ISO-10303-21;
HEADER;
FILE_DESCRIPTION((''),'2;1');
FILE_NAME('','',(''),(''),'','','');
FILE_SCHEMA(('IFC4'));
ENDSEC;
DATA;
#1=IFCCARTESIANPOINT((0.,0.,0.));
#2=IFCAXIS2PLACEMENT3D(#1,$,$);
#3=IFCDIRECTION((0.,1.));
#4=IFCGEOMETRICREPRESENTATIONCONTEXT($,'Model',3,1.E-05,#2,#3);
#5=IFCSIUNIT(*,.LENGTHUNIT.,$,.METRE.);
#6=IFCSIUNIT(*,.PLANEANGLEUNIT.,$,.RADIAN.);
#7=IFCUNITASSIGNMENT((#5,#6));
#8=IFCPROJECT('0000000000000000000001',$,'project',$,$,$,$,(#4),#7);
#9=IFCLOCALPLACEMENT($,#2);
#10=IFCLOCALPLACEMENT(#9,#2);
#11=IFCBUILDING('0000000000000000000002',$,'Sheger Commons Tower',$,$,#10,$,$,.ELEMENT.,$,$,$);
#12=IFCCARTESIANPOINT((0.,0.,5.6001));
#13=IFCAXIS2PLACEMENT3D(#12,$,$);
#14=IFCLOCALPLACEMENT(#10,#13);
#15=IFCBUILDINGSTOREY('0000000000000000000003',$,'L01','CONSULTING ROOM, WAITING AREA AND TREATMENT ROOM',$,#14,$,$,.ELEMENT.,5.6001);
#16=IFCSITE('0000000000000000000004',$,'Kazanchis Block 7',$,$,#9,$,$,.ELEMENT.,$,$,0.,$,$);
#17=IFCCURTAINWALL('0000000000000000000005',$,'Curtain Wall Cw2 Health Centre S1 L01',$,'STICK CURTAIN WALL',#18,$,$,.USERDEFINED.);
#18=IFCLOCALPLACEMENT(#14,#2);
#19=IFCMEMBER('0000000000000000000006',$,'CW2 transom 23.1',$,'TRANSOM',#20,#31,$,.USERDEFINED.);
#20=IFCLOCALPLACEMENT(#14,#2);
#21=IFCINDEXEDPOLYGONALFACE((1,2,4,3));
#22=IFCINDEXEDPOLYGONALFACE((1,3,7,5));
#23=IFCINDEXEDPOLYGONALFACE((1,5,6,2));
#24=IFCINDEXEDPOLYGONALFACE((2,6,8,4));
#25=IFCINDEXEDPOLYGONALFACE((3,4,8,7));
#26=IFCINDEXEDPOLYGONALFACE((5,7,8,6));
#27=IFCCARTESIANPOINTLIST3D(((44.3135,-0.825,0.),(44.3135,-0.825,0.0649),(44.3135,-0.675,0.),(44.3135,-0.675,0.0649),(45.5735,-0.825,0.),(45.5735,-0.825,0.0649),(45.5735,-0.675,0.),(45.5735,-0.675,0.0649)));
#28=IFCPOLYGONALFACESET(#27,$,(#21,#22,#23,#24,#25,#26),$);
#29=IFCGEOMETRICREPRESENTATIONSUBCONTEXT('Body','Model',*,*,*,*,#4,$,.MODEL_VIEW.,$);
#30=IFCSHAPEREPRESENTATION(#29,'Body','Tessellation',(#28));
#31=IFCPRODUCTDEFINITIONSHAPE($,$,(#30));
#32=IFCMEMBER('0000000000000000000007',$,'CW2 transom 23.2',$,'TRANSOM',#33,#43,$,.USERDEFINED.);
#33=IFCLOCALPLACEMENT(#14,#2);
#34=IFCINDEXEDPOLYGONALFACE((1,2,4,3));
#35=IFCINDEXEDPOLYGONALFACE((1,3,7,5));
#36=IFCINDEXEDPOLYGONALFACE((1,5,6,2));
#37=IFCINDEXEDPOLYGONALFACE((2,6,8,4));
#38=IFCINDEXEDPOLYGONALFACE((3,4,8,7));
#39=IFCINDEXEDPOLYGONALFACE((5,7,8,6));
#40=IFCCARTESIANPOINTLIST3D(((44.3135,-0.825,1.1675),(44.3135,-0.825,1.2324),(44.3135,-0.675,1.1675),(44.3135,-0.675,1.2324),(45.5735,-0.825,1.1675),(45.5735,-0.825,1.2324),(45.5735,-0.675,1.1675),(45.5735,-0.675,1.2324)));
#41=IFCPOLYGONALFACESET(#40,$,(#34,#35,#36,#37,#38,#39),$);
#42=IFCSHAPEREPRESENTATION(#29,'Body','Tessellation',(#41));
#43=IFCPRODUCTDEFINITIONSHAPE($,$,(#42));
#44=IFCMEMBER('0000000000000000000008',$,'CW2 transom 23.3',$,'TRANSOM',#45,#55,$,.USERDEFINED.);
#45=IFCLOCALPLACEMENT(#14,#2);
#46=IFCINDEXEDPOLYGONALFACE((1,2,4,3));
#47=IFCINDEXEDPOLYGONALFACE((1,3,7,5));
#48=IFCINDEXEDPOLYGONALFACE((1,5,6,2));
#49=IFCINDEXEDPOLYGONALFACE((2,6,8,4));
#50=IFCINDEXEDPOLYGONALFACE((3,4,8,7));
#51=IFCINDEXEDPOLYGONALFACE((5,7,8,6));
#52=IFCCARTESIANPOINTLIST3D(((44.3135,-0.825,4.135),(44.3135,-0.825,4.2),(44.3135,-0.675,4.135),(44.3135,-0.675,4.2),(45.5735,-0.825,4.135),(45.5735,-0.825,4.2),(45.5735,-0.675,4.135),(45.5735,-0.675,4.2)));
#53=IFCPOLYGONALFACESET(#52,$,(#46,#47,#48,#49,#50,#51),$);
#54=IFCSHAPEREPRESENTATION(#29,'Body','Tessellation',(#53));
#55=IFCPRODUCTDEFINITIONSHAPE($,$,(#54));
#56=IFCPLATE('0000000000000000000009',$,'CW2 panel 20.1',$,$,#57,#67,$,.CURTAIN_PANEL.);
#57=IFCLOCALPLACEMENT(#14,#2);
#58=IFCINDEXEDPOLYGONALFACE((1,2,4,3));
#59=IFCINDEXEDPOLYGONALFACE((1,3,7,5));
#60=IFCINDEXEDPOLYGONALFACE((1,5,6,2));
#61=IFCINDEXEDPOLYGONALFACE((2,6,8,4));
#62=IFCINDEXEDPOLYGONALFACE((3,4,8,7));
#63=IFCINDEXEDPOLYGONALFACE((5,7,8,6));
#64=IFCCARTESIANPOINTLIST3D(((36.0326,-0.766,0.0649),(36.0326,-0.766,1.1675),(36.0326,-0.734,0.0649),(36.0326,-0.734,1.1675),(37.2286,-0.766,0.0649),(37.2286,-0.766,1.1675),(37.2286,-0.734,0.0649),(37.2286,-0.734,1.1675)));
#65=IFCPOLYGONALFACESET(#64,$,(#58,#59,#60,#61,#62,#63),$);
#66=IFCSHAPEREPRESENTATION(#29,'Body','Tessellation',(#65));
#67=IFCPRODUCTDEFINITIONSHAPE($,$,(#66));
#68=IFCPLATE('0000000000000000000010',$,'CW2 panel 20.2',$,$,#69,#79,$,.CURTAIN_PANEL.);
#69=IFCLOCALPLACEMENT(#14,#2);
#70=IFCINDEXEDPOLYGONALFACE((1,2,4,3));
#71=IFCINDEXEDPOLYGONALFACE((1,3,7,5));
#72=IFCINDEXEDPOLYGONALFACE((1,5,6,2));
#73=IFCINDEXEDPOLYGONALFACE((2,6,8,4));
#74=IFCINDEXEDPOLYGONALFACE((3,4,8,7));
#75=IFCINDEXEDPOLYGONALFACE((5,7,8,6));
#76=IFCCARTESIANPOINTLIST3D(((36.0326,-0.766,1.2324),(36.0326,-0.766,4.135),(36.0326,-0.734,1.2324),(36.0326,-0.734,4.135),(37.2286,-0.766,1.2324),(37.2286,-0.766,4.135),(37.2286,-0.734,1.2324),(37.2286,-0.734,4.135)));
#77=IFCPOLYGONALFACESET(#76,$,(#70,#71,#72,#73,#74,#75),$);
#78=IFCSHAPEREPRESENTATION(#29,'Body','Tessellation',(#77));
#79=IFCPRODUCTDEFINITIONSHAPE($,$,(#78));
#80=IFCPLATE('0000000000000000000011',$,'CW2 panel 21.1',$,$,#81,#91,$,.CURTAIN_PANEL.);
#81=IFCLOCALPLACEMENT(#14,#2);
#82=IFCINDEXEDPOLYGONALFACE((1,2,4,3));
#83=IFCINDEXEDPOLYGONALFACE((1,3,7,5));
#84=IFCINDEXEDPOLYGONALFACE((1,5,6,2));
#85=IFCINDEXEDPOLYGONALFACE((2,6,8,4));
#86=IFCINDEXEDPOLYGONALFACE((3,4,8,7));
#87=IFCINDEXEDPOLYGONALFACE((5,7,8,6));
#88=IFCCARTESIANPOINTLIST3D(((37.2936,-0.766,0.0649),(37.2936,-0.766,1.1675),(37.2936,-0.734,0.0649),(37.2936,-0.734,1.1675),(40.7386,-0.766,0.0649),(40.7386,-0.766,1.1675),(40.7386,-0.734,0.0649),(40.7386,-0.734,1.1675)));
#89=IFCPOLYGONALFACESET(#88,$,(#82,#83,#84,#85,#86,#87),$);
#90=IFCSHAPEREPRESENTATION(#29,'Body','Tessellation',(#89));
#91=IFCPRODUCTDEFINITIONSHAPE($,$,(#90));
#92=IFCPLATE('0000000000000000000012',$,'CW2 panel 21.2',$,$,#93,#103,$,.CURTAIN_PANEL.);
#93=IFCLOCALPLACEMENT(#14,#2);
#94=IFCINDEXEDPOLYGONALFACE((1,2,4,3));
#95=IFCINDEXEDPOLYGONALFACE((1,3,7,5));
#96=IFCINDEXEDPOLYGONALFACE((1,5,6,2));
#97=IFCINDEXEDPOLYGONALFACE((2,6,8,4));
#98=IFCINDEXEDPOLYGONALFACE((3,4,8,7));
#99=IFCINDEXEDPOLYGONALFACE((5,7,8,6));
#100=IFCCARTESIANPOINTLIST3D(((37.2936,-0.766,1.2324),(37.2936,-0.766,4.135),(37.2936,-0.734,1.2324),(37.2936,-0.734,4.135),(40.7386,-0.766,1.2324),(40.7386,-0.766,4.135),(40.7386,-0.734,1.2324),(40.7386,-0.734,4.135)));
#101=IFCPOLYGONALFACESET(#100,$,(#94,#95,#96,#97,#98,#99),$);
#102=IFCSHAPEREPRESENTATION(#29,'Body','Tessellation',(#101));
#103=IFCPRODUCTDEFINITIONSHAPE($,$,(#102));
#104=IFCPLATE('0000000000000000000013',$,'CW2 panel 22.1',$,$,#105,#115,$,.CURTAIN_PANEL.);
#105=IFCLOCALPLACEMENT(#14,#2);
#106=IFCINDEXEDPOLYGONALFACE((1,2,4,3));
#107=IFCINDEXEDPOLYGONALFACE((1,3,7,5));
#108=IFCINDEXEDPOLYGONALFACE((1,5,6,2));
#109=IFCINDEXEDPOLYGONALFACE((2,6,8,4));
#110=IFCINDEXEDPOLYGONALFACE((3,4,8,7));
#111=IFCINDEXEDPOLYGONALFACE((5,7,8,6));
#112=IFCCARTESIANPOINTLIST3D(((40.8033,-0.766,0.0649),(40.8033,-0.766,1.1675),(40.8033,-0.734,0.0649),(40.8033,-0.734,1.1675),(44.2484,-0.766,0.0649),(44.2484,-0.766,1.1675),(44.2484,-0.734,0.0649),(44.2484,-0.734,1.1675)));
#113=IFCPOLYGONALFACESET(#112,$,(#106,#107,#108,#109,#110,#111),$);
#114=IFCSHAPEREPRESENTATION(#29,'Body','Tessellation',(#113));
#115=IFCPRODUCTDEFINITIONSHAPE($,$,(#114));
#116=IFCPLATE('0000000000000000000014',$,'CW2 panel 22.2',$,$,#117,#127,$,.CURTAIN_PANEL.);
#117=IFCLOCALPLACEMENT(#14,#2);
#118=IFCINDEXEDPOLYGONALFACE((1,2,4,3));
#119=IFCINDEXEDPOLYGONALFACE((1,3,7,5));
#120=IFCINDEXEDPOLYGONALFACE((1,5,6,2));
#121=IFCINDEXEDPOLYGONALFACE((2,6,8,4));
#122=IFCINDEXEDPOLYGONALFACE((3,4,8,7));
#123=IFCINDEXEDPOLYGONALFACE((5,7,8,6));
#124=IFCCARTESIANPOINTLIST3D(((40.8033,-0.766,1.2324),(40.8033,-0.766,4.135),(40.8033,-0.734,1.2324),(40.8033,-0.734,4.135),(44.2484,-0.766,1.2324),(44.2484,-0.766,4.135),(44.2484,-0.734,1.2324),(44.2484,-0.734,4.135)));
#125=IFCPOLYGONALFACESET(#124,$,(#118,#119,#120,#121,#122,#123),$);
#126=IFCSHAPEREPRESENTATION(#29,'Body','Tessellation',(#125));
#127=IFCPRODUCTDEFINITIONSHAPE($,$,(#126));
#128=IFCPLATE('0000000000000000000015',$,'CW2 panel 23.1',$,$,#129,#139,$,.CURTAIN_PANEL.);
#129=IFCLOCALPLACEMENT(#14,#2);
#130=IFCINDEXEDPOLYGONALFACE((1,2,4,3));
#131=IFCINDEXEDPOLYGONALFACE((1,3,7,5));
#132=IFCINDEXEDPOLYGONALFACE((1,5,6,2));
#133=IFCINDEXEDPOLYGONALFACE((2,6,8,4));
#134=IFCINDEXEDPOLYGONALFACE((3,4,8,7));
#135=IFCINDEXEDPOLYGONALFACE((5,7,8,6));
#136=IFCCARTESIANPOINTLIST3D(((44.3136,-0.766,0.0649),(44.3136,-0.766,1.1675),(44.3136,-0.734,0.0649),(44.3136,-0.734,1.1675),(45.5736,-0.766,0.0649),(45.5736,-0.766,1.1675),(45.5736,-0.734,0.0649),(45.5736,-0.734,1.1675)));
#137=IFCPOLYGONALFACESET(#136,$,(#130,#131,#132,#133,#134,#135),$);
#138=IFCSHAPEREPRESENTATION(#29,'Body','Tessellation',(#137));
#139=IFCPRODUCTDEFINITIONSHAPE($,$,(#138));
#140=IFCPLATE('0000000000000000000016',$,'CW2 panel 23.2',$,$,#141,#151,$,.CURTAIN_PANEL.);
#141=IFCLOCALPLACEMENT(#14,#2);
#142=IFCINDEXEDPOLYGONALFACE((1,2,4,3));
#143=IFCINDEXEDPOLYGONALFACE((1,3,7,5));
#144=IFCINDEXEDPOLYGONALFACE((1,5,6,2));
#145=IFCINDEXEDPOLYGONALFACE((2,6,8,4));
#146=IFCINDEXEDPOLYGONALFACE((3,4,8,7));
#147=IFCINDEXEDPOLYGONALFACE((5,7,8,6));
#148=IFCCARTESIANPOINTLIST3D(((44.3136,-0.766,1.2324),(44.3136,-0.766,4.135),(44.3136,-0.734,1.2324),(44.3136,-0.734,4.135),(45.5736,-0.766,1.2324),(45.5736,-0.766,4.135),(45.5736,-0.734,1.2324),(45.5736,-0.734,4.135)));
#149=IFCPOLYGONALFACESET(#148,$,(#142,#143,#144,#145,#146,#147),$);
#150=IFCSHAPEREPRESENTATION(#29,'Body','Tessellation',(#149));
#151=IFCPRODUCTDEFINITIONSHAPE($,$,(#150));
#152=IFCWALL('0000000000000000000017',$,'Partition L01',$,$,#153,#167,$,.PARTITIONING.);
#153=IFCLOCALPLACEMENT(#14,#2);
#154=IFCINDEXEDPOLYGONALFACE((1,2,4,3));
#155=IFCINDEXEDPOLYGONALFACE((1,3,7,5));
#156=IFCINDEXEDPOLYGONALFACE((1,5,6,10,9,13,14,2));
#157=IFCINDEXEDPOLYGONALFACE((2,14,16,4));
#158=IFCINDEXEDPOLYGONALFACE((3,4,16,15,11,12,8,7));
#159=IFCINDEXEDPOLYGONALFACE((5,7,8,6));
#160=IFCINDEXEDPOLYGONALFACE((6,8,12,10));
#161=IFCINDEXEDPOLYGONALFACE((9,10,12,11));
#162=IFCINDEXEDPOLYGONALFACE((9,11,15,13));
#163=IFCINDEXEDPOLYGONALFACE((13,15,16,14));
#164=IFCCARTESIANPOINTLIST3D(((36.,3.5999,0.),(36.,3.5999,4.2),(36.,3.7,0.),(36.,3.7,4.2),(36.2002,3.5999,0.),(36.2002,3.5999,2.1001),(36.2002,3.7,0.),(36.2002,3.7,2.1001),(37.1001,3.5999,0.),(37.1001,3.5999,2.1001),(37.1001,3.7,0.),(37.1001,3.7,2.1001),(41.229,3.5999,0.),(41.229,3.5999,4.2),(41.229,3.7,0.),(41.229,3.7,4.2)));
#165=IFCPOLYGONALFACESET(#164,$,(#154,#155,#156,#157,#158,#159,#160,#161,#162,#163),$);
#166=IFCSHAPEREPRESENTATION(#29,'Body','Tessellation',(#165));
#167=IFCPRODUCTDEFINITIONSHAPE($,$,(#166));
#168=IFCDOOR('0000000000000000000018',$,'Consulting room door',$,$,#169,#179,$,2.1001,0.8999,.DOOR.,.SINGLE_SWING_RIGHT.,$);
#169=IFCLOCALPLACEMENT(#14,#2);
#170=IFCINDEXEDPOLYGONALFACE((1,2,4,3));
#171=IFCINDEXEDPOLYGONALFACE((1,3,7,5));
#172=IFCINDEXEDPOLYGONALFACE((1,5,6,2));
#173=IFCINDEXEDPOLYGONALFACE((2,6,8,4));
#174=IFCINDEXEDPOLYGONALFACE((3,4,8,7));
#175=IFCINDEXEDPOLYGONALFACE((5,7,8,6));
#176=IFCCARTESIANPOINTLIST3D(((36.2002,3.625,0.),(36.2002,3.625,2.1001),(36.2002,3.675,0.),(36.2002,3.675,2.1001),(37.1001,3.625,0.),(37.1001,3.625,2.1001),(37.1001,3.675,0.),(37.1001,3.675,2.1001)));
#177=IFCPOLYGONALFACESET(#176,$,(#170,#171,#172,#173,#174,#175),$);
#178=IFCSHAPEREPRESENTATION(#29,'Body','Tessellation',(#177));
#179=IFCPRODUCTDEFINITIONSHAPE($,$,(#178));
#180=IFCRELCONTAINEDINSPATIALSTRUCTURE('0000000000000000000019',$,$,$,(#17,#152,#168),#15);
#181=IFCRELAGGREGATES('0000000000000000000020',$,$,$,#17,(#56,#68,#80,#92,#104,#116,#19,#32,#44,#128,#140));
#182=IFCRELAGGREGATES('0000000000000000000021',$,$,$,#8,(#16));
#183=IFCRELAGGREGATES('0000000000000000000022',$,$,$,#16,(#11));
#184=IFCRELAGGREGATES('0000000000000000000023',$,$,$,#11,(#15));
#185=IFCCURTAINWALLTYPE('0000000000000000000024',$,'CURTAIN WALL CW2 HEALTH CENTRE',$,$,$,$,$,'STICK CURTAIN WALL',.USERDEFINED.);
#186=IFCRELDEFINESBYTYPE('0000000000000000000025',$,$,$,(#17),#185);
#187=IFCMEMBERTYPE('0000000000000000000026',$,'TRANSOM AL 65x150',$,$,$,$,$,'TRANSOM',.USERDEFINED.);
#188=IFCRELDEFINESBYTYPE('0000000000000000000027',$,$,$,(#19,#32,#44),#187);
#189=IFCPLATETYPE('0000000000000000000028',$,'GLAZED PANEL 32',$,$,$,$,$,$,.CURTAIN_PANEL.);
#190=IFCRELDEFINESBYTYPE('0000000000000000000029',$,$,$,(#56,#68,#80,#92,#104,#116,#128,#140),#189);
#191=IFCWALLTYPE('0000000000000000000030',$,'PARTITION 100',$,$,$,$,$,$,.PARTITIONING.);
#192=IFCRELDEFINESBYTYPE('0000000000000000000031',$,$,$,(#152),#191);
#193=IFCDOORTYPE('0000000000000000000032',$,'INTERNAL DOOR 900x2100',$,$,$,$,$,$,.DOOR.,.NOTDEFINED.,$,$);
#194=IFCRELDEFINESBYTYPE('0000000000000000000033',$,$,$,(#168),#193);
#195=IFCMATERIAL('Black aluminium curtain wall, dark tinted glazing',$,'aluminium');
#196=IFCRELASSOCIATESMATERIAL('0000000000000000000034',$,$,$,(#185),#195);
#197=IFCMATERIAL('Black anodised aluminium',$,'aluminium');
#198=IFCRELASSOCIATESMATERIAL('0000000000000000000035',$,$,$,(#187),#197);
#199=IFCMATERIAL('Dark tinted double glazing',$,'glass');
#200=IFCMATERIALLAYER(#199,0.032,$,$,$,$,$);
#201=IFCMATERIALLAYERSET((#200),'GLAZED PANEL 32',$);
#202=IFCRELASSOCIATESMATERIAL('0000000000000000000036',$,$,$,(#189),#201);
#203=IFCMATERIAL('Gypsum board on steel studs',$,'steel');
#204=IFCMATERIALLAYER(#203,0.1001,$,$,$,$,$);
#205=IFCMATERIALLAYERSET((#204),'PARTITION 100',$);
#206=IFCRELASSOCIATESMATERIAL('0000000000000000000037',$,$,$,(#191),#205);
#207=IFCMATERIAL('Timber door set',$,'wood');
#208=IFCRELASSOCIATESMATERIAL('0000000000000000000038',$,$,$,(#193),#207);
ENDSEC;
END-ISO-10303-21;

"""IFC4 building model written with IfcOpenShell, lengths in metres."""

from ifc_helpers import new_model, si_unit, direction, frame, frame_2d, origin, origin_2d, place, context, subcontext, project, spatial, rectangle, extrude, material, layer, layer_set, material_profile, profile_set, type_object, element, fill, aggregate, save


model = new_model("IFC4")

# Units and contexts
model_context = context("Model", 3, precision=1e-05, world=origin(), true_north=direction((0.0, 1.0)))
body_context = subcontext(model_context, "Body", "Model", "MODEL_VIEW")
ifc_project = project(units=[si_unit("LENGTHUNIT", "METRE"), si_unit("PLANEANGLEUNIT", "RADIAN")], contexts=[model_context])

# Site, building, storey
site_placement = place(None, origin())
site = spatial("IfcSite", under=ifc_project, at=site_placement, Name="Kazanchis Block 7", CompositionType="ELEMENT", RefElevation=0.0)
building_placement = place(site_placement, origin())
building = spatial("IfcBuilding", under=site, at=building_placement, Name="Sheger Commons Tower", CompositionType="ELEMENT")
storey_placement = place(building_placement, frame((0.0, 0.0, 5.6001)))
storey = spatial("IfcBuildingStorey", under=building, at=storey_placement, Name="L01", Description="CONSULTING ROOM, WAITING AREA AND TREATMENT ROOM", CompositionType="ELEMENT", Elevation=5.6001)

# Curtain wall, members, plates
ifc_material_1 = material(Name="Black aluminium curtain wall, dark tinted glazing", Category="aluminium")
curtain_wall_type = type_object("IfcCurtainWallType", Name="CURTAIN WALL CW2 HEALTH CENTRE", ElementType="STICK CURTAIN WALL", PredefinedType="USERDEFINED", material=ifc_material_1)
curtain_wall_placement = place(storey_placement, origin())
curtain_wall = element("IfcCurtainWall", 1, at=curtain_wall_placement, inside=storey, type_object=curtain_wall_type, Name="Curtain Wall Cw2 Health Centre S1 L01", ObjectType="STICK CURTAIN WALL", PredefinedType="USERDEFINED")
ifc_material_2 = material(Name="Black anodised aluminium", Category="aluminium")
ifc_material_profile_1 = material_profile(ifc_material_2, rectangle(XDim=0.1499, YDim=0.0649, at=origin_2d()), Name="AL 65x150")
ifc_profile_set_1 = profile_set([ifc_material_profile_1], Name="Black anodised aluminium")
member_type_1 = type_object("IfcMemberType", Name="TRANSOM AL 65x150", ElementType="TRANSOM", PredefinedType="USERDEFINED", material=ifc_profile_set_1)
member_1_placement = place(storey_placement, frame((44.3135, -0.75, 0.0325), z_axis=(1.0, 0.0, 0.0), x_axis=(0.0, 1.0, 0.0)))
member_1 = element("IfcMember", 2, at=member_1_placement, type_object=member_type_1, Name="CW2 transom 23.1", ObjectType="TRANSOM", PredefinedType="USERDEFINED", context=body_context, shape_type="SweptSolid", body=[
    extrude(rectangle(XDim=0.1499, YDim=0.0649, at=origin_2d()), origin(), (0.0, 0.0, 1.0), 1.26),
])
member_2_placement = place(storey_placement, frame((44.3135, -0.75, 1.2), z_axis=(1.0, 0.0, 0.0), x_axis=(0.0, 1.0, 0.0)))
member_2 = element("IfcMember", 3, at=member_2_placement, type_object=member_type_1, Name="CW2 transom 23.2", ObjectType="TRANSOM", PredefinedType="USERDEFINED", context=body_context, shape_type="SweptSolid", body=[
    extrude(rectangle(XDim=0.1499, YDim=0.0649, at=origin_2d()), origin(), (0.0, 0.0, 1.0), 1.26),
])
member_3_placement = place(storey_placement, frame((44.3135, -0.75, 4.1675), z_axis=(1.0, 0.0, 0.0), x_axis=(0.0, 1.0, 0.0)))
member_3 = element("IfcMember", 4, at=member_3_placement, type_object=member_type_1, Name="CW2 transom 23.3", ObjectType="TRANSOM", PredefinedType="USERDEFINED", context=body_context, shape_type="SweptSolid", body=[
    extrude(rectangle(XDim=0.1499, YDim=0.0649, at=origin_2d()), origin(), (0.0, 0.0, 1.0), 1.26),
])
ifc_material_3 = material(Name="Dark tinted double glazing", Category="glass")
ifc_layer_1 = layer(ifc_material_3, 0.032)
ifc_layer_set_1 = layer_set([ifc_layer_1], Name="GLAZED PANEL 32")
plate_type = type_object("IfcPlateType", Name="GLAZED PANEL 32", PredefinedType="CURTAIN_PANEL", material=ifc_layer_set_1)
plate_1_placement = place(storey_placement, frame((36.6306, -0.75, 0.0649), z_axis=(0.0, 0.0, 1.0), x_axis=(1.0, 0.0, 0.0)))
plate_1 = element("IfcPlate", 5, at=plate_1_placement, type_object=plate_type, Name="CW2 panel 20.1", PredefinedType="CURTAIN_PANEL", context=body_context, shape_type="SweptSolid", body=[
    extrude(rectangle(XDim=1.196, YDim=0.032, at=origin_2d()), origin(), (0.0, 0.0, 1.0), 1.1025),
])
plate_2_placement = place(storey_placement, frame((36.6306, -0.75, 1.2324), z_axis=(0.0, 0.0, 1.0), x_axis=(1.0, 0.0, 0.0)))
plate_2 = element("IfcPlate", 6, at=plate_2_placement, type_object=plate_type, Name="CW2 panel 20.2", PredefinedType="CURTAIN_PANEL", context=body_context, shape_type="SweptSolid", body=[
    extrude(rectangle(XDim=1.196, YDim=0.032, at=origin_2d()), origin(), (0.0, 0.0, 1.0), 2.9026),
])
plate_3_placement = place(storey_placement, frame((39.0161, -0.75, 0.0649), z_axis=(0.0, 0.0, 1.0), x_axis=(1.0, 0.0, 0.0)))
plate_3 = element("IfcPlate", 7, at=plate_3_placement, type_object=plate_type, Name="CW2 panel 21.1", PredefinedType="CURTAIN_PANEL", context=body_context, shape_type="SweptSolid", body=[
    extrude(rectangle(XDim=3.4451, YDim=0.032, at=origin_2d()), origin(), (0.0, 0.0, 1.0), 1.1025),
])
plate_4_placement = place(storey_placement, frame((39.0161, -0.75, 1.2324), z_axis=(0.0, 0.0, 1.0), x_axis=(1.0, 0.0, 0.0)))
plate_4 = element("IfcPlate", 8, at=plate_4_placement, type_object=plate_type, Name="CW2 panel 21.2", PredefinedType="CURTAIN_PANEL", context=body_context, shape_type="SweptSolid", body=[
    extrude(rectangle(XDim=3.4451, YDim=0.032, at=origin_2d()), origin(), (0.0, 0.0, 1.0), 2.9026),
])
plate_5_placement = place(storey_placement, frame((42.5259, -0.75, 0.0649), z_axis=(0.0, 0.0, 1.0), x_axis=(1.0, 0.0, 0.0)))
plate_5 = element("IfcPlate", 9, at=plate_5_placement, type_object=plate_type, Name="CW2 panel 22.1", PredefinedType="CURTAIN_PANEL", context=body_context, shape_type="SweptSolid", body=[
    extrude(rectangle(XDim=3.4451, YDim=0.032, at=origin_2d()), origin(), (0.0, 0.0, 1.0), 1.1025),
])
plate_6_placement = place(storey_placement, frame((42.5259, -0.75, 1.2324), z_axis=(0.0, 0.0, 1.0), x_axis=(1.0, 0.0, 0.0)))
plate_6 = element("IfcPlate", 10, at=plate_6_placement, type_object=plate_type, Name="CW2 panel 22.2", PredefinedType="CURTAIN_PANEL", context=body_context, shape_type="SweptSolid", body=[
    extrude(rectangle(XDim=3.4451, YDim=0.032, at=origin_2d()), origin(), (0.0, 0.0, 1.0), 2.9026),
])
plate_7_placement = place(storey_placement, frame((44.9436, -0.75, 0.0649), z_axis=(0.0, 0.0, 1.0), x_axis=(1.0, 0.0, 0.0)))
plate_7 = element("IfcPlate", 11, at=plate_7_placement, type_object=plate_type, Name="CW2 panel 23.1", PredefinedType="CURTAIN_PANEL", context=body_context, shape_type="SweptSolid", body=[
    extrude(rectangle(XDim=1.26, YDim=0.032, at=origin_2d()), origin(), (0.0, 0.0, 1.0), 1.1025),
])
plate_8_placement = place(storey_placement, frame((44.9436, -0.75, 1.2324), z_axis=(0.0, 0.0, 1.0), x_axis=(1.0, 0.0, 0.0)))
plate_8 = element("IfcPlate", 12, at=plate_8_placement, type_object=plate_type, Name="CW2 panel 23.2", PredefinedType="CURTAIN_PANEL", context=body_context, shape_type="SweptSolid", body=[
    extrude(rectangle(XDim=1.26, YDim=0.032, at=origin_2d()), origin(), (0.0, 0.0, 1.0), 2.9026),
])
aggregate(curtain_wall, [plate_1, plate_2, plate_3, plate_4, plate_5, plate_6, member_1, member_2, member_3, plate_7, plate_8])

# Wall, opening, door
ifc_material_4 = material(Name="Gypsum board on steel studs", Category="steel")
ifc_layer_2 = layer(ifc_material_4, 0.1001)
ifc_layer_set_2 = layer_set([ifc_layer_2], Name="PARTITION 100")
wall_type = type_object("IfcWallType", Name="PARTITION 100", PredefinedType="PARTITIONING", material=ifc_layer_set_2)
wall_1_placement = place(storey_placement, frame((41.229, 3.6499, 0.0), z_axis=(0.0, 0.0, 1.0), x_axis=(-1.0, 0.0, 0.0)))
wall_1 = element("IfcWall", 13, at=wall_1_placement, inside=storey, type_object=wall_type, Name="Partition L01", PredefinedType="PARTITIONING", context=body_context, shape_type="SweptSolid", body=[
    extrude(rectangle(XDim=5.229, YDim=0.1001, at=frame_2d((2.6145, 0.0))), origin(), (0.0, 0.0, 1.0), 4.2),
])
opening_1_placement = place(wall_1_placement, frame((4.1289, 0.0, 0.0)))
opening_1 = element("IfcOpeningElement", 14, at=opening_1_placement, cuts=wall_1, PredefinedType="OPENING", context=body_context, shape_type="SweptSolid", body=[
    extrude(rectangle(XDim=0.8999, YDim=2.1001, at=frame_2d((0.45, 1.05))), frame((0.0, 0.0601, 0.0), z_axis=(0.0, -1.0, 0.0), x_axis=(1.0, 0.0, 0.0)), (0.0, 0.0, 1.0), 0.1201),
])
ifc_material_5 = material(Name="Timber door set", Category="wood")
door_type = type_object("IfcDoorType", Name="INTERNAL DOOR 900x2100", OperationType="NOTDEFINED", PredefinedType="DOOR", material=ifc_material_5)
door_1_placement = place(opening_1_placement, origin())
door_1 = element("IfcDoor", 15, at=door_1_placement, inside=storey, type_object=door_type, Name="Consulting room door", OperationType="SINGLE_SWING_RIGHT", OverallHeight=2.1001, OverallWidth=0.8999, PredefinedType="DOOR", context=body_context, shape_type="SweptSolid", body=[
    extrude(rectangle(XDim=0.8999, YDim=2.1001, at=frame_2d((0.45, 1.05))), frame((0.0, 0.0249, 0.0), z_axis=(0.0, -1.0, 0.0), x_axis=(1.0, 0.0, 0.0)), (0.0, 0.0, 1.0), 0.05),
])
fill(opening_1, door_1)

save(model, "model.ifc")
